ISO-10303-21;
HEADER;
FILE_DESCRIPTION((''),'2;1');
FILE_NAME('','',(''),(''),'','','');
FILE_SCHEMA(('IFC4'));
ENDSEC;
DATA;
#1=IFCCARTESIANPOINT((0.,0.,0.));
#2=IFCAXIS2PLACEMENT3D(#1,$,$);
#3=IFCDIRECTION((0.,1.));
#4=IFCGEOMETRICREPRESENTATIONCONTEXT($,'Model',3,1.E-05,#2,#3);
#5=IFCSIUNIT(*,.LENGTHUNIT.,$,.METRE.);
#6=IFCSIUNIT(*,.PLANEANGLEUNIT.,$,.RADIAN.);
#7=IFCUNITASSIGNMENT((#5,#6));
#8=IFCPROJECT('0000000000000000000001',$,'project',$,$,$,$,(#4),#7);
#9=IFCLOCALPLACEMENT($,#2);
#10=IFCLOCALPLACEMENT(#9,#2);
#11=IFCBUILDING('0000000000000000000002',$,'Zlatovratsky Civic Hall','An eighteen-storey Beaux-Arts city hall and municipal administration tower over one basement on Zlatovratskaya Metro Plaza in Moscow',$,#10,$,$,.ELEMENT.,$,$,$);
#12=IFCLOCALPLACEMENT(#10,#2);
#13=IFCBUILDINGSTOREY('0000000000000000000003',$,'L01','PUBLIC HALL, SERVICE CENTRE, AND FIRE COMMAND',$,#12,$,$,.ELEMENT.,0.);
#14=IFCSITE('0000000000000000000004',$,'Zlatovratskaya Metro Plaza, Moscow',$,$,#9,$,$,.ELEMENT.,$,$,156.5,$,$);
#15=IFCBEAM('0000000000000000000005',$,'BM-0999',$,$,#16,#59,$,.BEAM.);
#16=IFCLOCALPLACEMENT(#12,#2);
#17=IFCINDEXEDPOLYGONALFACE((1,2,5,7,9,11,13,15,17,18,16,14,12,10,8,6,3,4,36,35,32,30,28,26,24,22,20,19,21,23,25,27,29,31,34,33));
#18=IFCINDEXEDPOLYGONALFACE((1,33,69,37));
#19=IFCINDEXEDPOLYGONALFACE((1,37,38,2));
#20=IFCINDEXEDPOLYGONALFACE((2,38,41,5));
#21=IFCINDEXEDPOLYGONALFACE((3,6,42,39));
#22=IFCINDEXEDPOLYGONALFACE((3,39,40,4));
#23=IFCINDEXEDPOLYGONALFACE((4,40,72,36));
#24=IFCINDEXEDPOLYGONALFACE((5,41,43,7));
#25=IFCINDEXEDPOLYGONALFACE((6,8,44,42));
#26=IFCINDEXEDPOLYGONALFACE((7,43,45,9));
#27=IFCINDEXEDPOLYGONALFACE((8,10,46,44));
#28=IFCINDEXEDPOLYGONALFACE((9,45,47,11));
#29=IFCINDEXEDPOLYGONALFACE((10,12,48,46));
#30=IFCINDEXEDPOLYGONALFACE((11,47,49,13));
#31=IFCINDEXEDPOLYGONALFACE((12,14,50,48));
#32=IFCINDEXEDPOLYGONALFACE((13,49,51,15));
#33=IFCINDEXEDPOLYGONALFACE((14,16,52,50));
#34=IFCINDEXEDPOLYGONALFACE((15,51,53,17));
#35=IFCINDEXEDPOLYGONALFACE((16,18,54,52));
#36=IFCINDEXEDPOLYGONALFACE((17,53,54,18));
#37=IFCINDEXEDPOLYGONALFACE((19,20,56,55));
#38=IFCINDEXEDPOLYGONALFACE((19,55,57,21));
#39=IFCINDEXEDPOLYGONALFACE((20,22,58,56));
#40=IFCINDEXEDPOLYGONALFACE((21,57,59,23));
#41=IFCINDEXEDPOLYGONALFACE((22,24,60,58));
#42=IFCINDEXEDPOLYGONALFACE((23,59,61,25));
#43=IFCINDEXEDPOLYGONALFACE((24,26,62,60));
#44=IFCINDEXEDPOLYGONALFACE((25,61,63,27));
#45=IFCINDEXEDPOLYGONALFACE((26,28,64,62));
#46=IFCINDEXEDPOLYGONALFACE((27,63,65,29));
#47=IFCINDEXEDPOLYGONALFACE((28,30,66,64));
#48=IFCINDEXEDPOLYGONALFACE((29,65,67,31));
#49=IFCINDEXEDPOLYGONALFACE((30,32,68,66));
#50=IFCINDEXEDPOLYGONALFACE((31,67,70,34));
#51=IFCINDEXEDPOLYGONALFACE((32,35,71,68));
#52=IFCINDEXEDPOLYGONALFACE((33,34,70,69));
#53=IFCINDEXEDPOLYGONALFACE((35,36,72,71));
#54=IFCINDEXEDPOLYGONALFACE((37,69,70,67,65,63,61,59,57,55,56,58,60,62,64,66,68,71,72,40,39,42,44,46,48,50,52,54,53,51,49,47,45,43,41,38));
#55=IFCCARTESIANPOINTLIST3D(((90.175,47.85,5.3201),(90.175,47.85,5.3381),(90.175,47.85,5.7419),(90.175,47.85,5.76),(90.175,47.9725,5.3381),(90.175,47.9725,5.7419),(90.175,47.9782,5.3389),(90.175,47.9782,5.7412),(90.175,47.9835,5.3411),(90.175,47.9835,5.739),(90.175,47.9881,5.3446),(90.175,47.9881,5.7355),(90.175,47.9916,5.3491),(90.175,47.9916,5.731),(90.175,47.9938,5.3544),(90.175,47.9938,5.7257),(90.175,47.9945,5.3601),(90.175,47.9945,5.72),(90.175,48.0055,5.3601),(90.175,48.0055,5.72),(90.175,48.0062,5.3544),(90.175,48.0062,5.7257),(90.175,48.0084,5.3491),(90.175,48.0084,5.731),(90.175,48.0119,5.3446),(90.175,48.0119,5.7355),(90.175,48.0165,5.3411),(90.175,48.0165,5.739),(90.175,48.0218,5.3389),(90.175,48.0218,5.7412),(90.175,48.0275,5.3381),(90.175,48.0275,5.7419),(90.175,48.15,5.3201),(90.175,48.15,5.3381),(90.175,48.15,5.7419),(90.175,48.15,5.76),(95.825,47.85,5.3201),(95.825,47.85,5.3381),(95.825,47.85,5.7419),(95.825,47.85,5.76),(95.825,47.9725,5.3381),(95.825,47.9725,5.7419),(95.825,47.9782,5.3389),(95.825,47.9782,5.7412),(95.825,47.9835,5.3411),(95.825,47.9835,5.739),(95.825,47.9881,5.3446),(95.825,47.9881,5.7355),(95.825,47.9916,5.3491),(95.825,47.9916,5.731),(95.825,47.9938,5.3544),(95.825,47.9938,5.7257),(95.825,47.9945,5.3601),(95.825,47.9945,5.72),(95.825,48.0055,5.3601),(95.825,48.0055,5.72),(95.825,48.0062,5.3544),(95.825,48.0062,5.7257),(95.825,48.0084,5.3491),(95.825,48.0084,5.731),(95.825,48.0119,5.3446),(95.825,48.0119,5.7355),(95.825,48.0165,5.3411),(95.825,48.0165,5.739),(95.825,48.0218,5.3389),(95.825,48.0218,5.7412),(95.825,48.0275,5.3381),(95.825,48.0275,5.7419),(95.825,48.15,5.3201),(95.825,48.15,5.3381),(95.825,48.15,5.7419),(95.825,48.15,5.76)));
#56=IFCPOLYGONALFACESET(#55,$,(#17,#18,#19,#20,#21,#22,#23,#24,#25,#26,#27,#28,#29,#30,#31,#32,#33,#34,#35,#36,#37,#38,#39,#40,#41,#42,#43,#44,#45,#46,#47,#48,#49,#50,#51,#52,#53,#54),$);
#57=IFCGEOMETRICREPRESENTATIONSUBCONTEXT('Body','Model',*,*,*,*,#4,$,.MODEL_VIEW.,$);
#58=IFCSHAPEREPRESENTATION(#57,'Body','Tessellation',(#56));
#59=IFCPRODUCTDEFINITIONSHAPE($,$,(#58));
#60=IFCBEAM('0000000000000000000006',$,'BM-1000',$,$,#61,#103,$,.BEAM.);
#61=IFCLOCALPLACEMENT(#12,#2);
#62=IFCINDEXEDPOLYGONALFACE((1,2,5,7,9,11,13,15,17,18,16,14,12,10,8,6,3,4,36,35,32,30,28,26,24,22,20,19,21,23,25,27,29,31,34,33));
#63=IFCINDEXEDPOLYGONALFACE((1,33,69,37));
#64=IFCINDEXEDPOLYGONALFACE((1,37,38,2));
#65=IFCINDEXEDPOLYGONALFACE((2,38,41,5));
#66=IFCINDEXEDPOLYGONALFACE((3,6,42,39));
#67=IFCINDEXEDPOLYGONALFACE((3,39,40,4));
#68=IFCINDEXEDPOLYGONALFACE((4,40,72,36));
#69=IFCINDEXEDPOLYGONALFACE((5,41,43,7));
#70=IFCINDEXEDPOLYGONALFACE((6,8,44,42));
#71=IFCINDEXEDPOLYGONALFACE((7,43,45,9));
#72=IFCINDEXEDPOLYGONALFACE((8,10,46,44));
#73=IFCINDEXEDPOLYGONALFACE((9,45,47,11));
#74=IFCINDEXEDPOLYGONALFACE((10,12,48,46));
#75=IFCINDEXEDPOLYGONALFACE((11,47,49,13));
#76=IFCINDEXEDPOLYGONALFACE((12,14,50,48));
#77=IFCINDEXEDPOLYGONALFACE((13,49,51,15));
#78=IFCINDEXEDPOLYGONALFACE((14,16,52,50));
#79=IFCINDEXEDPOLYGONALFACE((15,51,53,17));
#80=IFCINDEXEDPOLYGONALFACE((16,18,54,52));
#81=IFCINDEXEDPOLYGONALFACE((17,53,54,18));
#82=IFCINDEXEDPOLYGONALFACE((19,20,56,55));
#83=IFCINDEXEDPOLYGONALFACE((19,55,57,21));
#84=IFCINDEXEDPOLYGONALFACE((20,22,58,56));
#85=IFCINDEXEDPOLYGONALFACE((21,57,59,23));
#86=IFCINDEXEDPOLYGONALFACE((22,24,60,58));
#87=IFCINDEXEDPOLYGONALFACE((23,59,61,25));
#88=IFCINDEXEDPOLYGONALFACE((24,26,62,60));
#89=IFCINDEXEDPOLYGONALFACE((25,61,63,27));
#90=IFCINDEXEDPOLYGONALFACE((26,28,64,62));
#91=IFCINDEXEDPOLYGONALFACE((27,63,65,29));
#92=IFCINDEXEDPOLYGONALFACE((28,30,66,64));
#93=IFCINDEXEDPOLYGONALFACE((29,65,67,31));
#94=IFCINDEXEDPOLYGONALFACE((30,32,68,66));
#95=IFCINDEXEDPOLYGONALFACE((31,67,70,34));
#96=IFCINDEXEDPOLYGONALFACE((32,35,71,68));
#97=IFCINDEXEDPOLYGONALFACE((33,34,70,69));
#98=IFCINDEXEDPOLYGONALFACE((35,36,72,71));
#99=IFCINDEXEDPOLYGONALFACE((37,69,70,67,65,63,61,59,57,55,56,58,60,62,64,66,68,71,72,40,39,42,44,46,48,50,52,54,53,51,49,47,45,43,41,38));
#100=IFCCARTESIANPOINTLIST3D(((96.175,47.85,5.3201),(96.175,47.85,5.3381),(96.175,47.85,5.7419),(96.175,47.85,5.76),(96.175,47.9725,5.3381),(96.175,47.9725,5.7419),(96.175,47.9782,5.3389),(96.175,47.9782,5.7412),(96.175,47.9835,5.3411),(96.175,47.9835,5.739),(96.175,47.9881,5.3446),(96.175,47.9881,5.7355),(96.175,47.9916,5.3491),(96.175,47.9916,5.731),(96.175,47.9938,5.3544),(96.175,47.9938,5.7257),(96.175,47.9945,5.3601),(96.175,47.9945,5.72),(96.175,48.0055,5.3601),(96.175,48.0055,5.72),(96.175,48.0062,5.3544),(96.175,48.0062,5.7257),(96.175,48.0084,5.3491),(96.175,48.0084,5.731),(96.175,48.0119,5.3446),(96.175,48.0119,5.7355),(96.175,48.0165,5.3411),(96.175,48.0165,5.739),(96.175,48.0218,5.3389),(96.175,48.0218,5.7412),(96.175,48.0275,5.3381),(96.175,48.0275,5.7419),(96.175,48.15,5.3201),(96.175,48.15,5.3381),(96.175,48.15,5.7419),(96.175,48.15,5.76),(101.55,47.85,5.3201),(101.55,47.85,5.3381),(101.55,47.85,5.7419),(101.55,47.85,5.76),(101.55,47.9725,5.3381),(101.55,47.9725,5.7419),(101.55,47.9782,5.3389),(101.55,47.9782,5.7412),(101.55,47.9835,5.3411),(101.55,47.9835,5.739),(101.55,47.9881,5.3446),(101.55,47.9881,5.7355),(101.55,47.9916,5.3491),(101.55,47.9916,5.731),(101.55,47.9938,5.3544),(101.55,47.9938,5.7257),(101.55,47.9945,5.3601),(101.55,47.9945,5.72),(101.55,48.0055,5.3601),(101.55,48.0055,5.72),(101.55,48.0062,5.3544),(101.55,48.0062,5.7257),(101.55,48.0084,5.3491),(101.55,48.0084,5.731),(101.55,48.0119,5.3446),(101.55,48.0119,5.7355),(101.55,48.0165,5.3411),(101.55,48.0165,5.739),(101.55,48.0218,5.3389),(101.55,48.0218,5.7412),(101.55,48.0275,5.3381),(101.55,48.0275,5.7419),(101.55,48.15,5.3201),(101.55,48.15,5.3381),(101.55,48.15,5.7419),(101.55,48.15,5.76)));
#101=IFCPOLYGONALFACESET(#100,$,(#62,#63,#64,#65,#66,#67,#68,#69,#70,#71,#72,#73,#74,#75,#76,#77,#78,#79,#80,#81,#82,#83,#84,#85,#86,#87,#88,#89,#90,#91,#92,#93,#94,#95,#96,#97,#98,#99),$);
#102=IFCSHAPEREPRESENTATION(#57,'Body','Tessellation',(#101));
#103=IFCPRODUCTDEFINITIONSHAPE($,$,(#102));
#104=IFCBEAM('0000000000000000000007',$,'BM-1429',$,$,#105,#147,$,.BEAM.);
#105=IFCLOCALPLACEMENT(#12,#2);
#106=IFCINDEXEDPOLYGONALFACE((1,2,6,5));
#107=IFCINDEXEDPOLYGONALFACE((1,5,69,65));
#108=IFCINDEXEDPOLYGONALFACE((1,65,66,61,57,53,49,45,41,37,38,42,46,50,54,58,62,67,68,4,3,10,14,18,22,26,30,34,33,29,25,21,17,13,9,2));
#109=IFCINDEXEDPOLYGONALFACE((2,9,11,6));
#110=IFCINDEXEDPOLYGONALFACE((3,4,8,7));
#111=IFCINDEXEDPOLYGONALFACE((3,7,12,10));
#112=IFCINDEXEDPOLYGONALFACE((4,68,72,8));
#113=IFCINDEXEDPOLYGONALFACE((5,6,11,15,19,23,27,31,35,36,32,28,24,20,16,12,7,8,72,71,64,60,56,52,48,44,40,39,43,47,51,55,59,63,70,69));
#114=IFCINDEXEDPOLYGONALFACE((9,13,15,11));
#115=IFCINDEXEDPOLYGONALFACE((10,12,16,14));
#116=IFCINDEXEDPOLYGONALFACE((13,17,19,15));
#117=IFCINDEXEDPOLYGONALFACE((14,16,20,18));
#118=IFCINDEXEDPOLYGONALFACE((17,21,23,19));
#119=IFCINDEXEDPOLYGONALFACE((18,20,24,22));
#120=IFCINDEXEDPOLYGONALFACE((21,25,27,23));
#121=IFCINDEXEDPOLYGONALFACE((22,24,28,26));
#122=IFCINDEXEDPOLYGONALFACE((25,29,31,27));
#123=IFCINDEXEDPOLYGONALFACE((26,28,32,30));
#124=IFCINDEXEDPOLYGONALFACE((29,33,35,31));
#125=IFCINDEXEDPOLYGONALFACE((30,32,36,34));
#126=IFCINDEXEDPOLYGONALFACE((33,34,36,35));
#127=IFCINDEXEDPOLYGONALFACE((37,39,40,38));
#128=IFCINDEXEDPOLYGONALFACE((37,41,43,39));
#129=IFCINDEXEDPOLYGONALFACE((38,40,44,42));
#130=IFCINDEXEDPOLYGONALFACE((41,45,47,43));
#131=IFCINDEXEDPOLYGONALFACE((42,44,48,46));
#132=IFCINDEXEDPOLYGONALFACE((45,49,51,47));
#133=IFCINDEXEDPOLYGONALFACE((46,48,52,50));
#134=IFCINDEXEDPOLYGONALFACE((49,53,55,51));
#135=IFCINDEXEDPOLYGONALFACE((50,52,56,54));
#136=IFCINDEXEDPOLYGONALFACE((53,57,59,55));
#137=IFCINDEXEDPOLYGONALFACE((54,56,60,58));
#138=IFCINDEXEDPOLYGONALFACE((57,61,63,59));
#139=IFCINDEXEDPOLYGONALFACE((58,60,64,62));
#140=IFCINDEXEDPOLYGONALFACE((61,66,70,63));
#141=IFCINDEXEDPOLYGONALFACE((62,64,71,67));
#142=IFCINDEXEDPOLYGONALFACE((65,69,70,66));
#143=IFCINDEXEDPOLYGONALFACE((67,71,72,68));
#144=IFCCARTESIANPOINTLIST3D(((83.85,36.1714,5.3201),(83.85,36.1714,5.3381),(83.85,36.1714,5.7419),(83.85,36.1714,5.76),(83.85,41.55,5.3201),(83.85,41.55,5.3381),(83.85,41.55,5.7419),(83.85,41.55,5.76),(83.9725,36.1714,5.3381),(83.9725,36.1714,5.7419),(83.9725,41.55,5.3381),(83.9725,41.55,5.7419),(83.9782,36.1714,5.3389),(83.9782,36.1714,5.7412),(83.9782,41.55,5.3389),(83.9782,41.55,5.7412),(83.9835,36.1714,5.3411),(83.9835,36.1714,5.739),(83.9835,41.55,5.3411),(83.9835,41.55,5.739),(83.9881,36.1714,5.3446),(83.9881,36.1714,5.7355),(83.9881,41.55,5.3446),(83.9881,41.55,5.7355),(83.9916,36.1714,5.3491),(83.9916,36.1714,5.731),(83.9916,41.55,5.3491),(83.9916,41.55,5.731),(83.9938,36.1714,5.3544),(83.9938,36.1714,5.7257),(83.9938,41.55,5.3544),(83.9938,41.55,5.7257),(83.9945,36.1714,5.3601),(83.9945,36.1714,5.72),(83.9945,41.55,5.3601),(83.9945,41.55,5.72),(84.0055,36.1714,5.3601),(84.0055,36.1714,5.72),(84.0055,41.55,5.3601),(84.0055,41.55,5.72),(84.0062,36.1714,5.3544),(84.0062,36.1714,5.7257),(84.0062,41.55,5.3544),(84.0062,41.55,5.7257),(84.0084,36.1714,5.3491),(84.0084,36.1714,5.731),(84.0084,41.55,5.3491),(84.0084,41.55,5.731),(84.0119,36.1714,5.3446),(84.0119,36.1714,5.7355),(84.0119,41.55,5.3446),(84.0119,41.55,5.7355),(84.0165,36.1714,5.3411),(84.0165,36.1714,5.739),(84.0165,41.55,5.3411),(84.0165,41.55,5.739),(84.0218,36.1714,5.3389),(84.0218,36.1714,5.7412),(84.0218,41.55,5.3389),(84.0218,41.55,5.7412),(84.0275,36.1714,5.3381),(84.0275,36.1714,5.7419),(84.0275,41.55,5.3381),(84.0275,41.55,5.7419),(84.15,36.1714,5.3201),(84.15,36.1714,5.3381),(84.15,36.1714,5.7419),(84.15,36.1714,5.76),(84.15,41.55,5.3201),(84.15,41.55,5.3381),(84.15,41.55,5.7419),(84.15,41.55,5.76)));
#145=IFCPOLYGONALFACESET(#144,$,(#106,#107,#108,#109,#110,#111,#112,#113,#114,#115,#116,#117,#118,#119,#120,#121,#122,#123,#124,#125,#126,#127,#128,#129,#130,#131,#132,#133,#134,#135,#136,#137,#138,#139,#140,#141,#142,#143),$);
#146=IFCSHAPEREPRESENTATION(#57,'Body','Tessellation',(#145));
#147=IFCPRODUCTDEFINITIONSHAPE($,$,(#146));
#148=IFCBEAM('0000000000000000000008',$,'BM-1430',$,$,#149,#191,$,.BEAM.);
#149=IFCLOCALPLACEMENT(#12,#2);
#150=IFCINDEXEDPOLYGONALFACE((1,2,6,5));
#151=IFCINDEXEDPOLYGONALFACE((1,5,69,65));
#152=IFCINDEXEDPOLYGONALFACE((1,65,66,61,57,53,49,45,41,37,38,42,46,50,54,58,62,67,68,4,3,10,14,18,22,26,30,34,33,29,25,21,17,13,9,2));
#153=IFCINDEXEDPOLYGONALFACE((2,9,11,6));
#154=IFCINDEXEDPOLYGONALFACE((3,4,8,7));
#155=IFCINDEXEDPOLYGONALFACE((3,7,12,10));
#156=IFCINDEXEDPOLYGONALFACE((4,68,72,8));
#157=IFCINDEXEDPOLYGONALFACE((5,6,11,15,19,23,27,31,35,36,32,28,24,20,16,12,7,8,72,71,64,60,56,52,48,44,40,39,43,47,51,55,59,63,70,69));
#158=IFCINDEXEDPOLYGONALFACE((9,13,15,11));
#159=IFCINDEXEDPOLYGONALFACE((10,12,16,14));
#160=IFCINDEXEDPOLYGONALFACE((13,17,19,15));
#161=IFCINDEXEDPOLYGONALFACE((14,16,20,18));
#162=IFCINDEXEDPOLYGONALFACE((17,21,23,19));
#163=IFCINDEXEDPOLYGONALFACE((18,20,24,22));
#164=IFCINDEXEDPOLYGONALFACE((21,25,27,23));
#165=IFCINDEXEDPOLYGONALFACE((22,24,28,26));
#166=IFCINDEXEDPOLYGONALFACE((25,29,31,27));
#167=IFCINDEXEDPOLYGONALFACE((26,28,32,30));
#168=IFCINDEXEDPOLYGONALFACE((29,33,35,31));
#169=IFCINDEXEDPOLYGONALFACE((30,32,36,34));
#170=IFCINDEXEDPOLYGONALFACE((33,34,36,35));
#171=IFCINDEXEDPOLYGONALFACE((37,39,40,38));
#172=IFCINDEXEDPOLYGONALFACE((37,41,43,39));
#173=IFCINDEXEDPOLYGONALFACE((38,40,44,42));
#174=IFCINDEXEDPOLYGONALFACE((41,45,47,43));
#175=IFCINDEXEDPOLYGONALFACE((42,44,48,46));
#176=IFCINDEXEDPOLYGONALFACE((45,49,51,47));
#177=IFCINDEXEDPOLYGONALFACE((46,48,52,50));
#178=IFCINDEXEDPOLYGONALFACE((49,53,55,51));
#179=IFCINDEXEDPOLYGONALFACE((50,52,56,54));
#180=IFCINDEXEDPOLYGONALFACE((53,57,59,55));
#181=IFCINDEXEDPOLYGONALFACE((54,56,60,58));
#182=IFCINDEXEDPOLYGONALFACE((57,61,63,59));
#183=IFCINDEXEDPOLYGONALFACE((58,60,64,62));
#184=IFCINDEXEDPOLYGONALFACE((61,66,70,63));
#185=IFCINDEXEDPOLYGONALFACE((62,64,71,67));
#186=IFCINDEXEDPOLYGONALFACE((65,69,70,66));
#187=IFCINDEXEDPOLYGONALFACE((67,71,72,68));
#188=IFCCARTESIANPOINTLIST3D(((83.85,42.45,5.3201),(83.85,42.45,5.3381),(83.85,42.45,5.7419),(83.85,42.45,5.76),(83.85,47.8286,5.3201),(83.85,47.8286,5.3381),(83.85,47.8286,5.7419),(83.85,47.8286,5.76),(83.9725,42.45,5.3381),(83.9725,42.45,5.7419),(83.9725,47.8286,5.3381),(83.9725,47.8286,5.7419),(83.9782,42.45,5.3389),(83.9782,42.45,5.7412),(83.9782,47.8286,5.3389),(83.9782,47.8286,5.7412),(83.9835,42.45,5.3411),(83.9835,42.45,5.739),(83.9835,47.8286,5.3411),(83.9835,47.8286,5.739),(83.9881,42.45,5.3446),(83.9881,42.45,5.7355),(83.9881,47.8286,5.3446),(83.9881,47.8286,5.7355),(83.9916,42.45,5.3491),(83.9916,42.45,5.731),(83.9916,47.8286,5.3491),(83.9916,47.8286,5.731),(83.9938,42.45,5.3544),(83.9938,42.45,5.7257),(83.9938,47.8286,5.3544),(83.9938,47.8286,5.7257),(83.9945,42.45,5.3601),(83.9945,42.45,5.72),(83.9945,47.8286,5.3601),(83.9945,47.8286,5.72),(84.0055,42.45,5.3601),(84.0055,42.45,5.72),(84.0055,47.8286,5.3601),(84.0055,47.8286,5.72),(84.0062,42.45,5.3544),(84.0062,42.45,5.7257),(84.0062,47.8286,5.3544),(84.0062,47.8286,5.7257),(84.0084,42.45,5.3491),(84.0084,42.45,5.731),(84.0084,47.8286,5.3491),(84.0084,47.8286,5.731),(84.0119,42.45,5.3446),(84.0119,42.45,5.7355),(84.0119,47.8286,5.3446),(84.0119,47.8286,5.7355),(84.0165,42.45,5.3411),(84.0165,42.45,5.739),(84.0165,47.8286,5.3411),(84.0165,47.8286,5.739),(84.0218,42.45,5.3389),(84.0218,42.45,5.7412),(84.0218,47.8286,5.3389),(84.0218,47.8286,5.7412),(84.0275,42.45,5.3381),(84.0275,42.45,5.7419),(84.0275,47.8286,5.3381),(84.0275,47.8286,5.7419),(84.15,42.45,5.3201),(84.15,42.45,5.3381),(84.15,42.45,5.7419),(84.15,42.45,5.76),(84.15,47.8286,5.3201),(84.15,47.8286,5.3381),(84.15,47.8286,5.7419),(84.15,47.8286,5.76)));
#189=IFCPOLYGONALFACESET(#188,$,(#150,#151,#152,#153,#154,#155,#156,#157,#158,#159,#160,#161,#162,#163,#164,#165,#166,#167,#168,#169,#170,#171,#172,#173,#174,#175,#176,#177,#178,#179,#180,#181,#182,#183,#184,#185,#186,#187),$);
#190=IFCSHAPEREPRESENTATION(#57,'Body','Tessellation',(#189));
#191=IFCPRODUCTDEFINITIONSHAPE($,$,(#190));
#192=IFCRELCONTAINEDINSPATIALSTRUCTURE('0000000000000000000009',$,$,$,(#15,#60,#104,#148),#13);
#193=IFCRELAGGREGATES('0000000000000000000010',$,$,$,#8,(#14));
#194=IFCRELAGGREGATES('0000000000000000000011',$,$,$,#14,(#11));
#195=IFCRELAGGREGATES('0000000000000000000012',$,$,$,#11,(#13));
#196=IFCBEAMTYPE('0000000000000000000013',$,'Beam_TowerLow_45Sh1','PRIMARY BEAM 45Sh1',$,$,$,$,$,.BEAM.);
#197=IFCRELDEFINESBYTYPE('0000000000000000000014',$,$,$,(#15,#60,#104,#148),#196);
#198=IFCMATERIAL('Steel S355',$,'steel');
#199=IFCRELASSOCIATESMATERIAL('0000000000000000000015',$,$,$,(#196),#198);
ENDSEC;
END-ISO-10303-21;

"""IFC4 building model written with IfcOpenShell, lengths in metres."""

from ifc_helpers import new_model, si_unit, direction, frame, origin, origin_2d, place, context, subcontext, project, spatial, i_section, extrude, material, material_profile, profile_set, type_object, element, save


model = new_model("IFC4")

# Units and contexts
model_context = context("Model", 3, precision=1e-05, world=origin(), true_north=direction((0.0, 1.0)))
body_context = subcontext(model_context, "Body", "Model", "MODEL_VIEW")
ifc_project = project(units=[si_unit("LENGTHUNIT", "METRE"), si_unit("PLANEANGLEUNIT", "RADIAN")], contexts=[model_context])

# Site, building, storey
site_placement = place(None, origin())
site = spatial("IfcSite", under=ifc_project, at=site_placement, Name="Zlatovratskaya Metro Plaza, Moscow", CompositionType="ELEMENT", RefElevation=156.5)
building_placement = place(site_placement, origin())
building = spatial("IfcBuilding", under=site, at=building_placement, Name="Zlatovratsky Civic Hall", Description="An eighteen-storey Beaux-Arts city hall and municipal administration tower over one basement on Zlatovratskaya Metro Plaza in Moscow", CompositionType="ELEMENT")
storey_placement = place(building_placement, origin())
storey = spatial("IfcBuildingStorey", under=building, at=storey_placement, Name="L01", Description="PUBLIC HALL, SERVICE CENTRE, AND FIRE COMMAND", CompositionType="ELEMENT", Elevation=0.0)

# Shared definitions
ifc_material_1 = material(Name="Steel S355", Category="steel")

# Beams
ifc_material_profile_1 = material_profile(ifc_material_1, i_section(OverallWidth=0.3, OverallDepth=0.4399, WebThickness=0.011, FlangeThickness=0.0181, FilletRadius=0.022, at=origin_2d()), Name="45Sh1")
ifc_profile_set_1 = profile_set([ifc_material_profile_1], Name="Steel S355")
beam_type = type_object("IfcBeamType", Name="Beam_TowerLow_45Sh1", Description="PRIMARY BEAM 45Sh1", PredefinedType="BEAM", material=ifc_profile_set_1)
for number, where, z_axis, x_axis, name in (
    (1, (90.175, 48.0, 5.54), (1.0, 0.0, 0.0), (0.0, 1.0, 0.0), "BM-0999"),
):
    element("IfcBeam", number, at=place(storey_placement, frame(where, z_axis=z_axis, x_axis=x_axis)), inside=storey, type_object=beam_type, Name=name, PredefinedType="BEAM", context=body_context, shape_type="SweptSolid", body=[
        extrude(i_section(OverallWidth=0.3, OverallDepth=0.4399, WebThickness=0.011, FlangeThickness=0.0181, FilletRadius=0.022, at=origin_2d()), origin(), (0.0, 0.0, 1.0), 5.6499),
    ])
beam_1_placement = place(storey_placement, frame((96.175, 48.0, 5.54), z_axis=(1.0, 0.0, 0.0), x_axis=(0.0, 1.0, 0.0)))
element("IfcBeam", 2, at=beam_1_placement, inside=storey, type_object=beam_type, Name="BM-1000", PredefinedType="BEAM", context=body_context, shape_type="SweptSolid", body=[
    extrude(i_section(OverallWidth=0.3, OverallDepth=0.4399, WebThickness=0.011, FlangeThickness=0.0181, FilletRadius=0.022, at=origin_2d()), origin(), (0.0, 0.0, 1.0), 5.375),
])
for number, where, z_axis, x_axis, name in (
    (3, (84.0, 36.1714, 5.54), (0.0, 1.0, 0.0), (-1.0, 0.0, 0.0), "BM-1429"),
    (4, (84.0, 42.45, 5.54), (0.0, 1.0, 0.0), (-1.0, 0.0, 0.0), "BM-1430"),
):
    element("IfcBeam", number, at=place(storey_placement, frame(where, z_axis=z_axis, x_axis=x_axis)), inside=storey, type_object=beam_type, Name=name, PredefinedType="BEAM", context=body_context, shape_type="SweptSolid", body=[
        extrude(i_section(OverallWidth=0.3, OverallDepth=0.4399, WebThickness=0.011, FlangeThickness=0.0181, FilletRadius=0.022, at=origin_2d()), origin(), (0.0, 0.0, 1.0), 5.3787),
    ])

save(model, "model.ifc")
